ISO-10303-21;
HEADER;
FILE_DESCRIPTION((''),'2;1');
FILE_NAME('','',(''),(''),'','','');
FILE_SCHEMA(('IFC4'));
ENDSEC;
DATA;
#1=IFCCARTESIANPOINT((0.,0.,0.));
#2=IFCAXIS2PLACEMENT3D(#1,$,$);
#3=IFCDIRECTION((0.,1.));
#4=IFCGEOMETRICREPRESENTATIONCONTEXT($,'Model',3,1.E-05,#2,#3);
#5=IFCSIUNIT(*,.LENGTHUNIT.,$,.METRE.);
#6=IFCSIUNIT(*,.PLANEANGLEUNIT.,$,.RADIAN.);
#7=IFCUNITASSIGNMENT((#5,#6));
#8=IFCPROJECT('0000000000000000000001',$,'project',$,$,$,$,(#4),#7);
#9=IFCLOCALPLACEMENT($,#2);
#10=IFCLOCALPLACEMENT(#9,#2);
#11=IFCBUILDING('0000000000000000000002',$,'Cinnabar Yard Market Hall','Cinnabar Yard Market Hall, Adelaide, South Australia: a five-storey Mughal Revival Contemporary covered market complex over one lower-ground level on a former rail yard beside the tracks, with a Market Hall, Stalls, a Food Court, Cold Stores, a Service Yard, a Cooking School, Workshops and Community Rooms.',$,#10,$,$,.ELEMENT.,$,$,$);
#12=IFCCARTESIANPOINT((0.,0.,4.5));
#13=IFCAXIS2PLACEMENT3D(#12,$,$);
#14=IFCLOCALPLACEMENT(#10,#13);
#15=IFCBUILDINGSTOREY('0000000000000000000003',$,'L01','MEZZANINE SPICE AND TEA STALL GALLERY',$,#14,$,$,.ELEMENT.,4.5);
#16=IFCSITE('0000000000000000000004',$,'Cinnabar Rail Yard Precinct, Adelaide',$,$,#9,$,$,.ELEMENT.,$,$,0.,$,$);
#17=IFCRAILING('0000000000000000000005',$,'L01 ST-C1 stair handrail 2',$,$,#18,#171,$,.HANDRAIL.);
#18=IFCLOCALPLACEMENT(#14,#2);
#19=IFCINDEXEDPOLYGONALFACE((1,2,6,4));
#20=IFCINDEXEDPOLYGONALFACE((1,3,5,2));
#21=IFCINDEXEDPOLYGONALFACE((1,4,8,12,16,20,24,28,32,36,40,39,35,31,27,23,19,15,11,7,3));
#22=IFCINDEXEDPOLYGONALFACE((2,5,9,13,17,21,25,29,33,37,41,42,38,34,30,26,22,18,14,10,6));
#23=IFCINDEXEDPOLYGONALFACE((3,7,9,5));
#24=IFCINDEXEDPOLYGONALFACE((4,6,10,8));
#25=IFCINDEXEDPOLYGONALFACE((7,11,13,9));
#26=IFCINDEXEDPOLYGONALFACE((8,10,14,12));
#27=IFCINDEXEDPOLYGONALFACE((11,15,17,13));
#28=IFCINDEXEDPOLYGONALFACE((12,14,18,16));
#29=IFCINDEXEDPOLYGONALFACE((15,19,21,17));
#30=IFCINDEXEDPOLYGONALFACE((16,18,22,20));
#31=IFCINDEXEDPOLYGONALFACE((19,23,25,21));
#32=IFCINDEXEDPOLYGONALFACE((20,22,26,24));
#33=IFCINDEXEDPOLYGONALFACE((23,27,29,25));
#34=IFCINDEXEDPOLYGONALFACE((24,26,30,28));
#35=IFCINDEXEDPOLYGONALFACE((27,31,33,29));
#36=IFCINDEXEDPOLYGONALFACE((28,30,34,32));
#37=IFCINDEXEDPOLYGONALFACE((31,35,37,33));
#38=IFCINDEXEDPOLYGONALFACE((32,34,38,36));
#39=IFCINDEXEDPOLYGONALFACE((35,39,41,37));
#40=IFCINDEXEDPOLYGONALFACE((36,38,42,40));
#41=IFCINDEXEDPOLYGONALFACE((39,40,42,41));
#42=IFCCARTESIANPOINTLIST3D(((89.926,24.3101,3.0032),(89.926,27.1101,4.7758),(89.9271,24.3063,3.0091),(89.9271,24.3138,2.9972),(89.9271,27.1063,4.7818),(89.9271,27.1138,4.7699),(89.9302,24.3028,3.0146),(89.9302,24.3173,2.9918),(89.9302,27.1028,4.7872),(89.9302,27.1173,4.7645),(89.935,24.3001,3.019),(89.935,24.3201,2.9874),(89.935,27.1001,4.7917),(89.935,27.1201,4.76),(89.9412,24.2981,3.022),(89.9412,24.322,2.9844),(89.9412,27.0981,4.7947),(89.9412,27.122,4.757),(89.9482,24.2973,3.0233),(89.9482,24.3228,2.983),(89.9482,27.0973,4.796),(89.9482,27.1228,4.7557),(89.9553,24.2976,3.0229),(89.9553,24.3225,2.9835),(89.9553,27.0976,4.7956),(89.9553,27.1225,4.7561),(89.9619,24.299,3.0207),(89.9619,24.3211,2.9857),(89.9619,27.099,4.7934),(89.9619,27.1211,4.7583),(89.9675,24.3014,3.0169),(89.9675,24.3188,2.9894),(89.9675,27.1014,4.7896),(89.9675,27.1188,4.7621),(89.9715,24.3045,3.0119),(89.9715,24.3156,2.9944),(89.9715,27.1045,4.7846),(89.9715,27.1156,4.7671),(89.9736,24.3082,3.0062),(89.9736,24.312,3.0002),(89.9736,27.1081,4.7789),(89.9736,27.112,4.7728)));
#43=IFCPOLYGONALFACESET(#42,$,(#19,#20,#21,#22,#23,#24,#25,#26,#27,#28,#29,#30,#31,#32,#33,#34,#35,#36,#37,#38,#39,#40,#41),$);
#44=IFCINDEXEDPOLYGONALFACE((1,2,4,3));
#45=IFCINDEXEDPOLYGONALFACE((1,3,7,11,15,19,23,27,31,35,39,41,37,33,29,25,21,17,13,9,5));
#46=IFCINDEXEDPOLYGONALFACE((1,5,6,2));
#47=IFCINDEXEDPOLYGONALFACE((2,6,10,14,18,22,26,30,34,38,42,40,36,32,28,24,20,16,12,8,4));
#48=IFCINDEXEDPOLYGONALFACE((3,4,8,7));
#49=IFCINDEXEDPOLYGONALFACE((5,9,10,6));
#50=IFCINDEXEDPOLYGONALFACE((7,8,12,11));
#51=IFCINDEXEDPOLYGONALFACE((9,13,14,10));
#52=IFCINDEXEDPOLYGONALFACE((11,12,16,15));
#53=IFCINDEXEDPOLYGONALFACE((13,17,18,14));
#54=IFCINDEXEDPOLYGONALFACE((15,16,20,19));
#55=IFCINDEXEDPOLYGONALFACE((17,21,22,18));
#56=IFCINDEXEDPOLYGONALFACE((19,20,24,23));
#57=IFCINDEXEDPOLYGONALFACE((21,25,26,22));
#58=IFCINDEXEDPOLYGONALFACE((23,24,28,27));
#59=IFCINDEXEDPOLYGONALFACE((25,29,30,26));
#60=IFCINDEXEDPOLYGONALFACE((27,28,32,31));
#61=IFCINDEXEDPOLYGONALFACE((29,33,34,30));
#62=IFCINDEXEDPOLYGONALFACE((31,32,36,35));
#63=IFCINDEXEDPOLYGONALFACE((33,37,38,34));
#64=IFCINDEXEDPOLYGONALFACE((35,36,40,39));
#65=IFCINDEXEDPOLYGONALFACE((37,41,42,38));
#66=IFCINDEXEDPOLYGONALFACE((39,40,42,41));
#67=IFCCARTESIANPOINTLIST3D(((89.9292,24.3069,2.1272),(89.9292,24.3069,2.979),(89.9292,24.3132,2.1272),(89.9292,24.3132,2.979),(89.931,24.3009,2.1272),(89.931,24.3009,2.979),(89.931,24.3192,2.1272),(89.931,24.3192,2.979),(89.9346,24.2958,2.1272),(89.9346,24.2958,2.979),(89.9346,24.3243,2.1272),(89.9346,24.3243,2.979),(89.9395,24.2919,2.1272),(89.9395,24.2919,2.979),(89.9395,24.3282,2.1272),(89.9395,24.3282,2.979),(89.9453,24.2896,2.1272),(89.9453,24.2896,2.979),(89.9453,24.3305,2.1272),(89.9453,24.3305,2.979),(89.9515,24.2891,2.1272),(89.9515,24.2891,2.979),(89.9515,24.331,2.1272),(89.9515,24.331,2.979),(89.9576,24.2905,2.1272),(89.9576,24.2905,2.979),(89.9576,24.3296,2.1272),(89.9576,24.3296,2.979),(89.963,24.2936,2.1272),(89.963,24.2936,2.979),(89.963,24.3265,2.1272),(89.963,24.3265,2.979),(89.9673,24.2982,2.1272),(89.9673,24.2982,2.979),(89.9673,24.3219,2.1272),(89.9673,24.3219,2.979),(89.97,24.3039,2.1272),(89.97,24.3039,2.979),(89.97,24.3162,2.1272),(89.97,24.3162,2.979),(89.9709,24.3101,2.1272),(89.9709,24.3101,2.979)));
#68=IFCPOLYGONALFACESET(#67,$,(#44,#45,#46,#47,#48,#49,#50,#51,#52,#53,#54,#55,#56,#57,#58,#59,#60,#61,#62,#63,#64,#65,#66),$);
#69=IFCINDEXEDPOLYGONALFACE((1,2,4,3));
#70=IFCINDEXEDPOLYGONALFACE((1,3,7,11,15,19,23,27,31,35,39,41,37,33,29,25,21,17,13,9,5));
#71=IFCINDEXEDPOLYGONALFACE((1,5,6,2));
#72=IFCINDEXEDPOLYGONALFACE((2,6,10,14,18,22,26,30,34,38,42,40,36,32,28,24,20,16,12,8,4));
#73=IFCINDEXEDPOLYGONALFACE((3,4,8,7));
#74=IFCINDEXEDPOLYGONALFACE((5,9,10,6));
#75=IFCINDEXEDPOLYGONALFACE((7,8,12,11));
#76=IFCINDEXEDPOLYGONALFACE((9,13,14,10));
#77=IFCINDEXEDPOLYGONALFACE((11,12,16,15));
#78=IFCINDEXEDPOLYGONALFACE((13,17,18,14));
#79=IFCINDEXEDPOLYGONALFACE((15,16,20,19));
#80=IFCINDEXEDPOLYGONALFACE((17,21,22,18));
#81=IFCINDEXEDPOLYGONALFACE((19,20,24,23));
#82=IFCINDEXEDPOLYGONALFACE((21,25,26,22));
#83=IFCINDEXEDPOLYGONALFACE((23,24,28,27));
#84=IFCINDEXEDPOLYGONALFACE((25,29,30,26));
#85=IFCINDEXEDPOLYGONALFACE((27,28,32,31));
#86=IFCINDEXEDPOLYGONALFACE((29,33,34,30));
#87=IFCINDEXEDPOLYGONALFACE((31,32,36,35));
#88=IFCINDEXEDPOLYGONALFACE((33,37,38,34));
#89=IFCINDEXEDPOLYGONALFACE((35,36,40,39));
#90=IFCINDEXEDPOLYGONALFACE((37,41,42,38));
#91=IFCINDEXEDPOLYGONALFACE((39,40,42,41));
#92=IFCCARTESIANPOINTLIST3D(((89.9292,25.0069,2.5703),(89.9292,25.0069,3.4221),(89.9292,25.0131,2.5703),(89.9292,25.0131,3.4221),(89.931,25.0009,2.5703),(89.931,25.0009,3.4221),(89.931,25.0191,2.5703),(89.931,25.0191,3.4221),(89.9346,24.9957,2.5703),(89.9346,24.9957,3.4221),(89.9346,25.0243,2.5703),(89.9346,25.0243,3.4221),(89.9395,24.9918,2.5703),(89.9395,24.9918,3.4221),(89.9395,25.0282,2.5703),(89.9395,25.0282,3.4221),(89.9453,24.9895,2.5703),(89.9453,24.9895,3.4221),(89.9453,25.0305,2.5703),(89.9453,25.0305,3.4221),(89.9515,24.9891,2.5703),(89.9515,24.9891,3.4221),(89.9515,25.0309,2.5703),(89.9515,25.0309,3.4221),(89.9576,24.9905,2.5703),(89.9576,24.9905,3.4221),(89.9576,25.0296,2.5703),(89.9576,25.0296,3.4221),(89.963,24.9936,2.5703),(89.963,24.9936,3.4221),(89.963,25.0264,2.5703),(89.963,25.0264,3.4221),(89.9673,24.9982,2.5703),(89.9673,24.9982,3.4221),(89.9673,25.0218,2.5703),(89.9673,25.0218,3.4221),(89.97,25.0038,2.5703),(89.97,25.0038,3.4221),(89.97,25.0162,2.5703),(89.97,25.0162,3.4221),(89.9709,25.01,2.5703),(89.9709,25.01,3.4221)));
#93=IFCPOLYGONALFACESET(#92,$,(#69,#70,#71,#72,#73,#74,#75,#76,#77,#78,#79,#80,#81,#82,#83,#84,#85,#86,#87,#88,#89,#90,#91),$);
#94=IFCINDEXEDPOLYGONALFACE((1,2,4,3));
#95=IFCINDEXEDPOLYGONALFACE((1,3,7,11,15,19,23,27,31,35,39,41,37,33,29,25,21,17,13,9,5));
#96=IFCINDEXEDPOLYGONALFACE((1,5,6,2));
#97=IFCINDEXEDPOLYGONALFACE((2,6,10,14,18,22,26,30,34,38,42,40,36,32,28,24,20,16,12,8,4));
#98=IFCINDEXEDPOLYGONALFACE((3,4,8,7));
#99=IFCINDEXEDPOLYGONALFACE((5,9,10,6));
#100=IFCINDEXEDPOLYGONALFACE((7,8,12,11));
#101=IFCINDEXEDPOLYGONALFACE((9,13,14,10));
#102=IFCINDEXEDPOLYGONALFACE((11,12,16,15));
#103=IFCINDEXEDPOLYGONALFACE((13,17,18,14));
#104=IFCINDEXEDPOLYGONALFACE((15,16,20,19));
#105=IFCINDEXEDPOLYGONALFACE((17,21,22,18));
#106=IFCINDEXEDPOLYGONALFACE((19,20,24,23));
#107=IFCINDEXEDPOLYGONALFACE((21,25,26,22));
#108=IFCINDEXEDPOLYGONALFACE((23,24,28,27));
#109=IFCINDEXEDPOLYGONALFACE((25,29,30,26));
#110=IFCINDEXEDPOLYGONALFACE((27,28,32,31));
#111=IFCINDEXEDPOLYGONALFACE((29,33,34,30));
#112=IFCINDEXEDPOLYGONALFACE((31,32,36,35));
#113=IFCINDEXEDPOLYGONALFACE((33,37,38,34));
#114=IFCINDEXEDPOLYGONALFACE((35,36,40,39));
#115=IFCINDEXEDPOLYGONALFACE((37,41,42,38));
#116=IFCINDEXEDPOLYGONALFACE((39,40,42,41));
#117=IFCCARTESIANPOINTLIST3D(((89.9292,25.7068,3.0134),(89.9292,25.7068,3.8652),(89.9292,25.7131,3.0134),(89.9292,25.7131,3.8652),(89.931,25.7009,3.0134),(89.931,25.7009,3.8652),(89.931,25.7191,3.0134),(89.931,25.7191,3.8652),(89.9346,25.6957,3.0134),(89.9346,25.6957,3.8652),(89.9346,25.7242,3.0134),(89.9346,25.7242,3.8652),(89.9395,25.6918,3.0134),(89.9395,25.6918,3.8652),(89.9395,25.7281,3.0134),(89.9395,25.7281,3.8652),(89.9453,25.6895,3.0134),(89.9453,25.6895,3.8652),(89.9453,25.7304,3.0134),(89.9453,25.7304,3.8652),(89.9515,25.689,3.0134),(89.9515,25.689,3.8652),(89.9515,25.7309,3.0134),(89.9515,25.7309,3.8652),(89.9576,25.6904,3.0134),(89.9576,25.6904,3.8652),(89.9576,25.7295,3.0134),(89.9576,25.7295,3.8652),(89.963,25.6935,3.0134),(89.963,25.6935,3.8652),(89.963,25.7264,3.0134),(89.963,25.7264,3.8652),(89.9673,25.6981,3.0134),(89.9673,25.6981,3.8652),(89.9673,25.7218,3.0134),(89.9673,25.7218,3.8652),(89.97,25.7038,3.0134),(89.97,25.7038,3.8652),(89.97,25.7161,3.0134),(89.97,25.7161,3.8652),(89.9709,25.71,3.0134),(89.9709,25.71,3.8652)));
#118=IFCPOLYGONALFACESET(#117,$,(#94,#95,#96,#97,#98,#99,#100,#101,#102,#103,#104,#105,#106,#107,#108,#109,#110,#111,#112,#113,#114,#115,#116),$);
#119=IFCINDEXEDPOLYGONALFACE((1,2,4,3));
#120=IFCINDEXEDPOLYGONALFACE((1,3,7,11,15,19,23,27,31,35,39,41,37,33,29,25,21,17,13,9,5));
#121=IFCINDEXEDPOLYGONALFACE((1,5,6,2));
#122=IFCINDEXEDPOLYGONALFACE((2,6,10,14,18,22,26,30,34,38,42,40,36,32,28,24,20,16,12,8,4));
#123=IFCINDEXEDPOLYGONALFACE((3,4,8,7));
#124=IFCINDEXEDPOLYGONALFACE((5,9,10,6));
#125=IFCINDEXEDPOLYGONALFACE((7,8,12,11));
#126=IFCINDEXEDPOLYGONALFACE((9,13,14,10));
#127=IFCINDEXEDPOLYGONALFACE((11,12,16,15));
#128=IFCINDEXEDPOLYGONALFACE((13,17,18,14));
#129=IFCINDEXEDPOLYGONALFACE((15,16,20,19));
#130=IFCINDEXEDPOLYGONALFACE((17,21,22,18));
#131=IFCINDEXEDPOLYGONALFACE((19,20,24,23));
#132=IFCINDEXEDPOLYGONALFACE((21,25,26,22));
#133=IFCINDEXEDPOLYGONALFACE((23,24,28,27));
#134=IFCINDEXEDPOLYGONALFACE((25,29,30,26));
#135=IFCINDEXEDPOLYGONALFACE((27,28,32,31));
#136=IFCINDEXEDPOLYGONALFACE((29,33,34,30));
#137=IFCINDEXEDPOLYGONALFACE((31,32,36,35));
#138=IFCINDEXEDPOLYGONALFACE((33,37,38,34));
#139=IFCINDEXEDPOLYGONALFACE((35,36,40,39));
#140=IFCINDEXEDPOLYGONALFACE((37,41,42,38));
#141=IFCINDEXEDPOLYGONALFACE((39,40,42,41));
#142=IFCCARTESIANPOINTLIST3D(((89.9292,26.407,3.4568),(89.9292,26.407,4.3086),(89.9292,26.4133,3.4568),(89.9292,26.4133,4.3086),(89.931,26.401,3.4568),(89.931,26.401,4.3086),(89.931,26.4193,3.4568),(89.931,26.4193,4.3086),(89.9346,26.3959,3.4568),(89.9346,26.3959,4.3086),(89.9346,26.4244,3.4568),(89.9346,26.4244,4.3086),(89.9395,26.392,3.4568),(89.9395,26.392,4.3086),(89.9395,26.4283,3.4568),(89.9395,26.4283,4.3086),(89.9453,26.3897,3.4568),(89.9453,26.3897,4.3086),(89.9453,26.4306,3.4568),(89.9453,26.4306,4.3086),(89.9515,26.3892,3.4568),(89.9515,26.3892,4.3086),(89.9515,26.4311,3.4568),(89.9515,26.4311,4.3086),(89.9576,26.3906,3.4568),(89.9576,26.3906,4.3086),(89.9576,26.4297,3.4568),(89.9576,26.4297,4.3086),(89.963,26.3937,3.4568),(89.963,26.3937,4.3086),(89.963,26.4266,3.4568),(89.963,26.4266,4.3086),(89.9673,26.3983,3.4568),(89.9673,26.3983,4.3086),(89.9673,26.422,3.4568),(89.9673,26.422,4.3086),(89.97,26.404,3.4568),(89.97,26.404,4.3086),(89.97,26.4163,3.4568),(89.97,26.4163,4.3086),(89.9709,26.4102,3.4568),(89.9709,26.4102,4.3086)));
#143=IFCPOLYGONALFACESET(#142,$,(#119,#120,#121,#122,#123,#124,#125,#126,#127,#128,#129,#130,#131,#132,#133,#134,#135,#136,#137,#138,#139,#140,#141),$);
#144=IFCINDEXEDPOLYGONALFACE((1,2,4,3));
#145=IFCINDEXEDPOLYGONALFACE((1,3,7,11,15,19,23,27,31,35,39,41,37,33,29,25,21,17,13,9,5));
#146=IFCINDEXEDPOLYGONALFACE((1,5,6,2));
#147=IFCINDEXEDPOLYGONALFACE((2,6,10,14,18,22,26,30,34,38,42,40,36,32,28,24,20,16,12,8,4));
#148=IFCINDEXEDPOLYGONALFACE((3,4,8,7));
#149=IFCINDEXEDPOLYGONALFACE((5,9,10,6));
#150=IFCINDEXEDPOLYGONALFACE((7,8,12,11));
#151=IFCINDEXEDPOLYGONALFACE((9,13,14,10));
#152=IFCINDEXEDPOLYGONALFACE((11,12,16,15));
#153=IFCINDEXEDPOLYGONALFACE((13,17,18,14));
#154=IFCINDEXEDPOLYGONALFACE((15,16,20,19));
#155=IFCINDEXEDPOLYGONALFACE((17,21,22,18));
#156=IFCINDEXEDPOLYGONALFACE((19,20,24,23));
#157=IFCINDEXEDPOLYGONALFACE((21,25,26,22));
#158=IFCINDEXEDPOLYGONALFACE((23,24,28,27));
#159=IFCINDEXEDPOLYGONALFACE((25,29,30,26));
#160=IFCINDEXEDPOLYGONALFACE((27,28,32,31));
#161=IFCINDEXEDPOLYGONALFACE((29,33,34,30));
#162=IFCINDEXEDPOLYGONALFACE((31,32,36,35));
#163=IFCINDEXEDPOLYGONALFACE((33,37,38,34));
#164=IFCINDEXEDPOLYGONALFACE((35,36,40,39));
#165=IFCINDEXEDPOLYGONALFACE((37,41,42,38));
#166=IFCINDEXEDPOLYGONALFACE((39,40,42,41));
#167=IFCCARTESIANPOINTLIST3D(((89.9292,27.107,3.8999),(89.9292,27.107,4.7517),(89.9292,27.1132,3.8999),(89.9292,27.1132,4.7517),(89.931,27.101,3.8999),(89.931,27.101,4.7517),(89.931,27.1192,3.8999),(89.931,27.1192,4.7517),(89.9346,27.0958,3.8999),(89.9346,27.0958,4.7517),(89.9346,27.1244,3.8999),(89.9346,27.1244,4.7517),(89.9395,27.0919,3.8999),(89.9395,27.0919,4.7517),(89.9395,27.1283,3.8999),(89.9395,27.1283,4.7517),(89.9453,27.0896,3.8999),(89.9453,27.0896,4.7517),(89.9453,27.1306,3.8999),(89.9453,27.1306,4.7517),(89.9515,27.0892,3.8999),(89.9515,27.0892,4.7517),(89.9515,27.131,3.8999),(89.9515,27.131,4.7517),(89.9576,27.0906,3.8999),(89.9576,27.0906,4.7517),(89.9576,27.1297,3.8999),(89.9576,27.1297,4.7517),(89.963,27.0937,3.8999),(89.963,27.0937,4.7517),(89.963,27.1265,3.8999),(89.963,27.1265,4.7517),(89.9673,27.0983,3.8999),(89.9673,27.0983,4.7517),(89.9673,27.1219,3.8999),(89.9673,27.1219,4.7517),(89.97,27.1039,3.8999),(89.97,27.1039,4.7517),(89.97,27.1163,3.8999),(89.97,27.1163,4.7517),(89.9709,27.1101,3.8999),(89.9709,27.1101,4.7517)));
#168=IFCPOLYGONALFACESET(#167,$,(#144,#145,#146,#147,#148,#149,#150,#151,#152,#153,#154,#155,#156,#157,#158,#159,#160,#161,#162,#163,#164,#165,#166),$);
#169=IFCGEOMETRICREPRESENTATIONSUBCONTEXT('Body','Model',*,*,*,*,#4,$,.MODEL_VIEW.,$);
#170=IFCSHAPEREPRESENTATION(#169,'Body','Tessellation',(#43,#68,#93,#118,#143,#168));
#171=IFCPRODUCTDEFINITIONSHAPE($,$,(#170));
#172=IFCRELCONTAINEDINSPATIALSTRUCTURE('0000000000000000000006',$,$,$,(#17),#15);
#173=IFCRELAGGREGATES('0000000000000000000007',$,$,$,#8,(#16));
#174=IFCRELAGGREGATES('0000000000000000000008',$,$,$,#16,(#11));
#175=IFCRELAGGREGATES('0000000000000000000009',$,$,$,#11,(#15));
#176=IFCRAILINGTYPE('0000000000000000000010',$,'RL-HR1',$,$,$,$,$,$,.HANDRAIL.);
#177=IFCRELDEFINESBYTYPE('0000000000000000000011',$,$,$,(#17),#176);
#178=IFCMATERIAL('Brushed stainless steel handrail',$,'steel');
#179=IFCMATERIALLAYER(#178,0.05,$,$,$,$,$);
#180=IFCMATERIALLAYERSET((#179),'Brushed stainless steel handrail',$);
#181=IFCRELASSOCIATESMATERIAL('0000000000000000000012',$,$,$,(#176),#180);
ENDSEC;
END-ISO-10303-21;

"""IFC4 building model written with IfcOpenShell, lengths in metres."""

from ifc_helpers import new_model, si_unit, direction, frame, origin, origin_2d_with_axis, place, context, subcontext, project, spatial, circle, extrude, material, layer, layer_set, type_object, element, save


model = new_model("IFC4")

# Units and contexts
model_context = context("Model", 3, precision=1e-05, world=origin(), true_north=direction((0.0, 1.0)))
body_context = subcontext(model_context, "Body", "Model", "MODEL_VIEW")
ifc_project = project(units=[si_unit("LENGTHUNIT", "METRE"), si_unit("PLANEANGLEUNIT", "RADIAN")], contexts=[model_context])

# Site, building, storey
site_placement = place(None, origin())
site = spatial("IfcSite", under=ifc_project, at=site_placement, Name="Cinnabar Rail Yard Precinct, Adelaide", CompositionType="ELEMENT", RefElevation=0.0)
building_placement = place(site_placement, origin())
building = spatial("IfcBuilding", under=site, at=building_placement, Name="Cinnabar Yard Market Hall", Description="Cinnabar Yard Market Hall, Adelaide, South Australia: a five-storey Mughal Revival Contemporary covered market complex over one lower-ground level on a former rail yard beside the tracks, with a Market Hall, Stalls, a Food Court, Cold Stores, a Service Yard, a Cooking School, Workshops and Community Rooms.", CompositionType="ELEMENT")
storey_placement = place(building_placement, frame((0.0, 0.0, 4.5)))
storey = spatial("IfcBuildingStorey", under=building, at=storey_placement, Name="L01", Description="MEZZANINE SPICE AND TEA STALL GALLERY", CompositionType="ELEMENT", Elevation=4.5)

# Railing
ifc_material_1 = material(Name="Brushed stainless steel handrail", Category="steel")
ifc_layer_1 = layer(ifc_material_1, 0.05)
ifc_layer_set_1 = layer_set([ifc_layer_1], Name="Brushed stainless steel handrail")
railing_type_1 = type_object("IfcRailingType", Name="RL-HR1", PredefinedType="HANDRAIL", material=ifc_layer_set_1)
railing_1_placement = place(storey_placement, frame((89.95, 24.3101, 2.1272)))
element("IfcRailing", 1, at=railing_1_placement, inside=storey, type_object=railing_type_1, Name="L01 ST-C1 stair handrail 2", PredefinedType="HANDRAIL", context=body_context, shape_type="SweptSolid", body=[
    extrude(circle(Radius=0.0239, at=origin_2d_with_axis()), frame((0.0, 0.0, 0.876), z_axis=(0.0, 0.844909, 0.53491), x_axis=(-1.0, 0.0, 0.0)), (0.0, 0.0, 1.0), 3.314),
    extrude(circle(Radius=0.021, at=origin_2d_with_axis()), origin(), (0.0, 0.0, 1.0), 0.8518),
    extrude(circle(Radius=0.021, at=origin_2d_with_axis()), frame((0.0, 0.7, 0.4431)), (0.0, 0.0, 1.0), 0.8518),
    extrude(circle(Radius=0.021, at=origin_2d_with_axis()), frame((0.0, 1.3999, 0.8862)), (0.0, 0.0, 1.0), 0.8518),
    extrude(circle(Radius=0.021, at=origin_2d_with_axis()), frame((0.0, 2.1001, 1.3296)), (0.0, 0.0, 1.0), 0.8518),
    extrude(circle(Radius=0.021, at=origin_2d_with_axis()), frame((0.0, 2.8, 1.7727)), (0.0, 0.0, 1.0), 0.8518),
])

save(model, "model.ifc")
